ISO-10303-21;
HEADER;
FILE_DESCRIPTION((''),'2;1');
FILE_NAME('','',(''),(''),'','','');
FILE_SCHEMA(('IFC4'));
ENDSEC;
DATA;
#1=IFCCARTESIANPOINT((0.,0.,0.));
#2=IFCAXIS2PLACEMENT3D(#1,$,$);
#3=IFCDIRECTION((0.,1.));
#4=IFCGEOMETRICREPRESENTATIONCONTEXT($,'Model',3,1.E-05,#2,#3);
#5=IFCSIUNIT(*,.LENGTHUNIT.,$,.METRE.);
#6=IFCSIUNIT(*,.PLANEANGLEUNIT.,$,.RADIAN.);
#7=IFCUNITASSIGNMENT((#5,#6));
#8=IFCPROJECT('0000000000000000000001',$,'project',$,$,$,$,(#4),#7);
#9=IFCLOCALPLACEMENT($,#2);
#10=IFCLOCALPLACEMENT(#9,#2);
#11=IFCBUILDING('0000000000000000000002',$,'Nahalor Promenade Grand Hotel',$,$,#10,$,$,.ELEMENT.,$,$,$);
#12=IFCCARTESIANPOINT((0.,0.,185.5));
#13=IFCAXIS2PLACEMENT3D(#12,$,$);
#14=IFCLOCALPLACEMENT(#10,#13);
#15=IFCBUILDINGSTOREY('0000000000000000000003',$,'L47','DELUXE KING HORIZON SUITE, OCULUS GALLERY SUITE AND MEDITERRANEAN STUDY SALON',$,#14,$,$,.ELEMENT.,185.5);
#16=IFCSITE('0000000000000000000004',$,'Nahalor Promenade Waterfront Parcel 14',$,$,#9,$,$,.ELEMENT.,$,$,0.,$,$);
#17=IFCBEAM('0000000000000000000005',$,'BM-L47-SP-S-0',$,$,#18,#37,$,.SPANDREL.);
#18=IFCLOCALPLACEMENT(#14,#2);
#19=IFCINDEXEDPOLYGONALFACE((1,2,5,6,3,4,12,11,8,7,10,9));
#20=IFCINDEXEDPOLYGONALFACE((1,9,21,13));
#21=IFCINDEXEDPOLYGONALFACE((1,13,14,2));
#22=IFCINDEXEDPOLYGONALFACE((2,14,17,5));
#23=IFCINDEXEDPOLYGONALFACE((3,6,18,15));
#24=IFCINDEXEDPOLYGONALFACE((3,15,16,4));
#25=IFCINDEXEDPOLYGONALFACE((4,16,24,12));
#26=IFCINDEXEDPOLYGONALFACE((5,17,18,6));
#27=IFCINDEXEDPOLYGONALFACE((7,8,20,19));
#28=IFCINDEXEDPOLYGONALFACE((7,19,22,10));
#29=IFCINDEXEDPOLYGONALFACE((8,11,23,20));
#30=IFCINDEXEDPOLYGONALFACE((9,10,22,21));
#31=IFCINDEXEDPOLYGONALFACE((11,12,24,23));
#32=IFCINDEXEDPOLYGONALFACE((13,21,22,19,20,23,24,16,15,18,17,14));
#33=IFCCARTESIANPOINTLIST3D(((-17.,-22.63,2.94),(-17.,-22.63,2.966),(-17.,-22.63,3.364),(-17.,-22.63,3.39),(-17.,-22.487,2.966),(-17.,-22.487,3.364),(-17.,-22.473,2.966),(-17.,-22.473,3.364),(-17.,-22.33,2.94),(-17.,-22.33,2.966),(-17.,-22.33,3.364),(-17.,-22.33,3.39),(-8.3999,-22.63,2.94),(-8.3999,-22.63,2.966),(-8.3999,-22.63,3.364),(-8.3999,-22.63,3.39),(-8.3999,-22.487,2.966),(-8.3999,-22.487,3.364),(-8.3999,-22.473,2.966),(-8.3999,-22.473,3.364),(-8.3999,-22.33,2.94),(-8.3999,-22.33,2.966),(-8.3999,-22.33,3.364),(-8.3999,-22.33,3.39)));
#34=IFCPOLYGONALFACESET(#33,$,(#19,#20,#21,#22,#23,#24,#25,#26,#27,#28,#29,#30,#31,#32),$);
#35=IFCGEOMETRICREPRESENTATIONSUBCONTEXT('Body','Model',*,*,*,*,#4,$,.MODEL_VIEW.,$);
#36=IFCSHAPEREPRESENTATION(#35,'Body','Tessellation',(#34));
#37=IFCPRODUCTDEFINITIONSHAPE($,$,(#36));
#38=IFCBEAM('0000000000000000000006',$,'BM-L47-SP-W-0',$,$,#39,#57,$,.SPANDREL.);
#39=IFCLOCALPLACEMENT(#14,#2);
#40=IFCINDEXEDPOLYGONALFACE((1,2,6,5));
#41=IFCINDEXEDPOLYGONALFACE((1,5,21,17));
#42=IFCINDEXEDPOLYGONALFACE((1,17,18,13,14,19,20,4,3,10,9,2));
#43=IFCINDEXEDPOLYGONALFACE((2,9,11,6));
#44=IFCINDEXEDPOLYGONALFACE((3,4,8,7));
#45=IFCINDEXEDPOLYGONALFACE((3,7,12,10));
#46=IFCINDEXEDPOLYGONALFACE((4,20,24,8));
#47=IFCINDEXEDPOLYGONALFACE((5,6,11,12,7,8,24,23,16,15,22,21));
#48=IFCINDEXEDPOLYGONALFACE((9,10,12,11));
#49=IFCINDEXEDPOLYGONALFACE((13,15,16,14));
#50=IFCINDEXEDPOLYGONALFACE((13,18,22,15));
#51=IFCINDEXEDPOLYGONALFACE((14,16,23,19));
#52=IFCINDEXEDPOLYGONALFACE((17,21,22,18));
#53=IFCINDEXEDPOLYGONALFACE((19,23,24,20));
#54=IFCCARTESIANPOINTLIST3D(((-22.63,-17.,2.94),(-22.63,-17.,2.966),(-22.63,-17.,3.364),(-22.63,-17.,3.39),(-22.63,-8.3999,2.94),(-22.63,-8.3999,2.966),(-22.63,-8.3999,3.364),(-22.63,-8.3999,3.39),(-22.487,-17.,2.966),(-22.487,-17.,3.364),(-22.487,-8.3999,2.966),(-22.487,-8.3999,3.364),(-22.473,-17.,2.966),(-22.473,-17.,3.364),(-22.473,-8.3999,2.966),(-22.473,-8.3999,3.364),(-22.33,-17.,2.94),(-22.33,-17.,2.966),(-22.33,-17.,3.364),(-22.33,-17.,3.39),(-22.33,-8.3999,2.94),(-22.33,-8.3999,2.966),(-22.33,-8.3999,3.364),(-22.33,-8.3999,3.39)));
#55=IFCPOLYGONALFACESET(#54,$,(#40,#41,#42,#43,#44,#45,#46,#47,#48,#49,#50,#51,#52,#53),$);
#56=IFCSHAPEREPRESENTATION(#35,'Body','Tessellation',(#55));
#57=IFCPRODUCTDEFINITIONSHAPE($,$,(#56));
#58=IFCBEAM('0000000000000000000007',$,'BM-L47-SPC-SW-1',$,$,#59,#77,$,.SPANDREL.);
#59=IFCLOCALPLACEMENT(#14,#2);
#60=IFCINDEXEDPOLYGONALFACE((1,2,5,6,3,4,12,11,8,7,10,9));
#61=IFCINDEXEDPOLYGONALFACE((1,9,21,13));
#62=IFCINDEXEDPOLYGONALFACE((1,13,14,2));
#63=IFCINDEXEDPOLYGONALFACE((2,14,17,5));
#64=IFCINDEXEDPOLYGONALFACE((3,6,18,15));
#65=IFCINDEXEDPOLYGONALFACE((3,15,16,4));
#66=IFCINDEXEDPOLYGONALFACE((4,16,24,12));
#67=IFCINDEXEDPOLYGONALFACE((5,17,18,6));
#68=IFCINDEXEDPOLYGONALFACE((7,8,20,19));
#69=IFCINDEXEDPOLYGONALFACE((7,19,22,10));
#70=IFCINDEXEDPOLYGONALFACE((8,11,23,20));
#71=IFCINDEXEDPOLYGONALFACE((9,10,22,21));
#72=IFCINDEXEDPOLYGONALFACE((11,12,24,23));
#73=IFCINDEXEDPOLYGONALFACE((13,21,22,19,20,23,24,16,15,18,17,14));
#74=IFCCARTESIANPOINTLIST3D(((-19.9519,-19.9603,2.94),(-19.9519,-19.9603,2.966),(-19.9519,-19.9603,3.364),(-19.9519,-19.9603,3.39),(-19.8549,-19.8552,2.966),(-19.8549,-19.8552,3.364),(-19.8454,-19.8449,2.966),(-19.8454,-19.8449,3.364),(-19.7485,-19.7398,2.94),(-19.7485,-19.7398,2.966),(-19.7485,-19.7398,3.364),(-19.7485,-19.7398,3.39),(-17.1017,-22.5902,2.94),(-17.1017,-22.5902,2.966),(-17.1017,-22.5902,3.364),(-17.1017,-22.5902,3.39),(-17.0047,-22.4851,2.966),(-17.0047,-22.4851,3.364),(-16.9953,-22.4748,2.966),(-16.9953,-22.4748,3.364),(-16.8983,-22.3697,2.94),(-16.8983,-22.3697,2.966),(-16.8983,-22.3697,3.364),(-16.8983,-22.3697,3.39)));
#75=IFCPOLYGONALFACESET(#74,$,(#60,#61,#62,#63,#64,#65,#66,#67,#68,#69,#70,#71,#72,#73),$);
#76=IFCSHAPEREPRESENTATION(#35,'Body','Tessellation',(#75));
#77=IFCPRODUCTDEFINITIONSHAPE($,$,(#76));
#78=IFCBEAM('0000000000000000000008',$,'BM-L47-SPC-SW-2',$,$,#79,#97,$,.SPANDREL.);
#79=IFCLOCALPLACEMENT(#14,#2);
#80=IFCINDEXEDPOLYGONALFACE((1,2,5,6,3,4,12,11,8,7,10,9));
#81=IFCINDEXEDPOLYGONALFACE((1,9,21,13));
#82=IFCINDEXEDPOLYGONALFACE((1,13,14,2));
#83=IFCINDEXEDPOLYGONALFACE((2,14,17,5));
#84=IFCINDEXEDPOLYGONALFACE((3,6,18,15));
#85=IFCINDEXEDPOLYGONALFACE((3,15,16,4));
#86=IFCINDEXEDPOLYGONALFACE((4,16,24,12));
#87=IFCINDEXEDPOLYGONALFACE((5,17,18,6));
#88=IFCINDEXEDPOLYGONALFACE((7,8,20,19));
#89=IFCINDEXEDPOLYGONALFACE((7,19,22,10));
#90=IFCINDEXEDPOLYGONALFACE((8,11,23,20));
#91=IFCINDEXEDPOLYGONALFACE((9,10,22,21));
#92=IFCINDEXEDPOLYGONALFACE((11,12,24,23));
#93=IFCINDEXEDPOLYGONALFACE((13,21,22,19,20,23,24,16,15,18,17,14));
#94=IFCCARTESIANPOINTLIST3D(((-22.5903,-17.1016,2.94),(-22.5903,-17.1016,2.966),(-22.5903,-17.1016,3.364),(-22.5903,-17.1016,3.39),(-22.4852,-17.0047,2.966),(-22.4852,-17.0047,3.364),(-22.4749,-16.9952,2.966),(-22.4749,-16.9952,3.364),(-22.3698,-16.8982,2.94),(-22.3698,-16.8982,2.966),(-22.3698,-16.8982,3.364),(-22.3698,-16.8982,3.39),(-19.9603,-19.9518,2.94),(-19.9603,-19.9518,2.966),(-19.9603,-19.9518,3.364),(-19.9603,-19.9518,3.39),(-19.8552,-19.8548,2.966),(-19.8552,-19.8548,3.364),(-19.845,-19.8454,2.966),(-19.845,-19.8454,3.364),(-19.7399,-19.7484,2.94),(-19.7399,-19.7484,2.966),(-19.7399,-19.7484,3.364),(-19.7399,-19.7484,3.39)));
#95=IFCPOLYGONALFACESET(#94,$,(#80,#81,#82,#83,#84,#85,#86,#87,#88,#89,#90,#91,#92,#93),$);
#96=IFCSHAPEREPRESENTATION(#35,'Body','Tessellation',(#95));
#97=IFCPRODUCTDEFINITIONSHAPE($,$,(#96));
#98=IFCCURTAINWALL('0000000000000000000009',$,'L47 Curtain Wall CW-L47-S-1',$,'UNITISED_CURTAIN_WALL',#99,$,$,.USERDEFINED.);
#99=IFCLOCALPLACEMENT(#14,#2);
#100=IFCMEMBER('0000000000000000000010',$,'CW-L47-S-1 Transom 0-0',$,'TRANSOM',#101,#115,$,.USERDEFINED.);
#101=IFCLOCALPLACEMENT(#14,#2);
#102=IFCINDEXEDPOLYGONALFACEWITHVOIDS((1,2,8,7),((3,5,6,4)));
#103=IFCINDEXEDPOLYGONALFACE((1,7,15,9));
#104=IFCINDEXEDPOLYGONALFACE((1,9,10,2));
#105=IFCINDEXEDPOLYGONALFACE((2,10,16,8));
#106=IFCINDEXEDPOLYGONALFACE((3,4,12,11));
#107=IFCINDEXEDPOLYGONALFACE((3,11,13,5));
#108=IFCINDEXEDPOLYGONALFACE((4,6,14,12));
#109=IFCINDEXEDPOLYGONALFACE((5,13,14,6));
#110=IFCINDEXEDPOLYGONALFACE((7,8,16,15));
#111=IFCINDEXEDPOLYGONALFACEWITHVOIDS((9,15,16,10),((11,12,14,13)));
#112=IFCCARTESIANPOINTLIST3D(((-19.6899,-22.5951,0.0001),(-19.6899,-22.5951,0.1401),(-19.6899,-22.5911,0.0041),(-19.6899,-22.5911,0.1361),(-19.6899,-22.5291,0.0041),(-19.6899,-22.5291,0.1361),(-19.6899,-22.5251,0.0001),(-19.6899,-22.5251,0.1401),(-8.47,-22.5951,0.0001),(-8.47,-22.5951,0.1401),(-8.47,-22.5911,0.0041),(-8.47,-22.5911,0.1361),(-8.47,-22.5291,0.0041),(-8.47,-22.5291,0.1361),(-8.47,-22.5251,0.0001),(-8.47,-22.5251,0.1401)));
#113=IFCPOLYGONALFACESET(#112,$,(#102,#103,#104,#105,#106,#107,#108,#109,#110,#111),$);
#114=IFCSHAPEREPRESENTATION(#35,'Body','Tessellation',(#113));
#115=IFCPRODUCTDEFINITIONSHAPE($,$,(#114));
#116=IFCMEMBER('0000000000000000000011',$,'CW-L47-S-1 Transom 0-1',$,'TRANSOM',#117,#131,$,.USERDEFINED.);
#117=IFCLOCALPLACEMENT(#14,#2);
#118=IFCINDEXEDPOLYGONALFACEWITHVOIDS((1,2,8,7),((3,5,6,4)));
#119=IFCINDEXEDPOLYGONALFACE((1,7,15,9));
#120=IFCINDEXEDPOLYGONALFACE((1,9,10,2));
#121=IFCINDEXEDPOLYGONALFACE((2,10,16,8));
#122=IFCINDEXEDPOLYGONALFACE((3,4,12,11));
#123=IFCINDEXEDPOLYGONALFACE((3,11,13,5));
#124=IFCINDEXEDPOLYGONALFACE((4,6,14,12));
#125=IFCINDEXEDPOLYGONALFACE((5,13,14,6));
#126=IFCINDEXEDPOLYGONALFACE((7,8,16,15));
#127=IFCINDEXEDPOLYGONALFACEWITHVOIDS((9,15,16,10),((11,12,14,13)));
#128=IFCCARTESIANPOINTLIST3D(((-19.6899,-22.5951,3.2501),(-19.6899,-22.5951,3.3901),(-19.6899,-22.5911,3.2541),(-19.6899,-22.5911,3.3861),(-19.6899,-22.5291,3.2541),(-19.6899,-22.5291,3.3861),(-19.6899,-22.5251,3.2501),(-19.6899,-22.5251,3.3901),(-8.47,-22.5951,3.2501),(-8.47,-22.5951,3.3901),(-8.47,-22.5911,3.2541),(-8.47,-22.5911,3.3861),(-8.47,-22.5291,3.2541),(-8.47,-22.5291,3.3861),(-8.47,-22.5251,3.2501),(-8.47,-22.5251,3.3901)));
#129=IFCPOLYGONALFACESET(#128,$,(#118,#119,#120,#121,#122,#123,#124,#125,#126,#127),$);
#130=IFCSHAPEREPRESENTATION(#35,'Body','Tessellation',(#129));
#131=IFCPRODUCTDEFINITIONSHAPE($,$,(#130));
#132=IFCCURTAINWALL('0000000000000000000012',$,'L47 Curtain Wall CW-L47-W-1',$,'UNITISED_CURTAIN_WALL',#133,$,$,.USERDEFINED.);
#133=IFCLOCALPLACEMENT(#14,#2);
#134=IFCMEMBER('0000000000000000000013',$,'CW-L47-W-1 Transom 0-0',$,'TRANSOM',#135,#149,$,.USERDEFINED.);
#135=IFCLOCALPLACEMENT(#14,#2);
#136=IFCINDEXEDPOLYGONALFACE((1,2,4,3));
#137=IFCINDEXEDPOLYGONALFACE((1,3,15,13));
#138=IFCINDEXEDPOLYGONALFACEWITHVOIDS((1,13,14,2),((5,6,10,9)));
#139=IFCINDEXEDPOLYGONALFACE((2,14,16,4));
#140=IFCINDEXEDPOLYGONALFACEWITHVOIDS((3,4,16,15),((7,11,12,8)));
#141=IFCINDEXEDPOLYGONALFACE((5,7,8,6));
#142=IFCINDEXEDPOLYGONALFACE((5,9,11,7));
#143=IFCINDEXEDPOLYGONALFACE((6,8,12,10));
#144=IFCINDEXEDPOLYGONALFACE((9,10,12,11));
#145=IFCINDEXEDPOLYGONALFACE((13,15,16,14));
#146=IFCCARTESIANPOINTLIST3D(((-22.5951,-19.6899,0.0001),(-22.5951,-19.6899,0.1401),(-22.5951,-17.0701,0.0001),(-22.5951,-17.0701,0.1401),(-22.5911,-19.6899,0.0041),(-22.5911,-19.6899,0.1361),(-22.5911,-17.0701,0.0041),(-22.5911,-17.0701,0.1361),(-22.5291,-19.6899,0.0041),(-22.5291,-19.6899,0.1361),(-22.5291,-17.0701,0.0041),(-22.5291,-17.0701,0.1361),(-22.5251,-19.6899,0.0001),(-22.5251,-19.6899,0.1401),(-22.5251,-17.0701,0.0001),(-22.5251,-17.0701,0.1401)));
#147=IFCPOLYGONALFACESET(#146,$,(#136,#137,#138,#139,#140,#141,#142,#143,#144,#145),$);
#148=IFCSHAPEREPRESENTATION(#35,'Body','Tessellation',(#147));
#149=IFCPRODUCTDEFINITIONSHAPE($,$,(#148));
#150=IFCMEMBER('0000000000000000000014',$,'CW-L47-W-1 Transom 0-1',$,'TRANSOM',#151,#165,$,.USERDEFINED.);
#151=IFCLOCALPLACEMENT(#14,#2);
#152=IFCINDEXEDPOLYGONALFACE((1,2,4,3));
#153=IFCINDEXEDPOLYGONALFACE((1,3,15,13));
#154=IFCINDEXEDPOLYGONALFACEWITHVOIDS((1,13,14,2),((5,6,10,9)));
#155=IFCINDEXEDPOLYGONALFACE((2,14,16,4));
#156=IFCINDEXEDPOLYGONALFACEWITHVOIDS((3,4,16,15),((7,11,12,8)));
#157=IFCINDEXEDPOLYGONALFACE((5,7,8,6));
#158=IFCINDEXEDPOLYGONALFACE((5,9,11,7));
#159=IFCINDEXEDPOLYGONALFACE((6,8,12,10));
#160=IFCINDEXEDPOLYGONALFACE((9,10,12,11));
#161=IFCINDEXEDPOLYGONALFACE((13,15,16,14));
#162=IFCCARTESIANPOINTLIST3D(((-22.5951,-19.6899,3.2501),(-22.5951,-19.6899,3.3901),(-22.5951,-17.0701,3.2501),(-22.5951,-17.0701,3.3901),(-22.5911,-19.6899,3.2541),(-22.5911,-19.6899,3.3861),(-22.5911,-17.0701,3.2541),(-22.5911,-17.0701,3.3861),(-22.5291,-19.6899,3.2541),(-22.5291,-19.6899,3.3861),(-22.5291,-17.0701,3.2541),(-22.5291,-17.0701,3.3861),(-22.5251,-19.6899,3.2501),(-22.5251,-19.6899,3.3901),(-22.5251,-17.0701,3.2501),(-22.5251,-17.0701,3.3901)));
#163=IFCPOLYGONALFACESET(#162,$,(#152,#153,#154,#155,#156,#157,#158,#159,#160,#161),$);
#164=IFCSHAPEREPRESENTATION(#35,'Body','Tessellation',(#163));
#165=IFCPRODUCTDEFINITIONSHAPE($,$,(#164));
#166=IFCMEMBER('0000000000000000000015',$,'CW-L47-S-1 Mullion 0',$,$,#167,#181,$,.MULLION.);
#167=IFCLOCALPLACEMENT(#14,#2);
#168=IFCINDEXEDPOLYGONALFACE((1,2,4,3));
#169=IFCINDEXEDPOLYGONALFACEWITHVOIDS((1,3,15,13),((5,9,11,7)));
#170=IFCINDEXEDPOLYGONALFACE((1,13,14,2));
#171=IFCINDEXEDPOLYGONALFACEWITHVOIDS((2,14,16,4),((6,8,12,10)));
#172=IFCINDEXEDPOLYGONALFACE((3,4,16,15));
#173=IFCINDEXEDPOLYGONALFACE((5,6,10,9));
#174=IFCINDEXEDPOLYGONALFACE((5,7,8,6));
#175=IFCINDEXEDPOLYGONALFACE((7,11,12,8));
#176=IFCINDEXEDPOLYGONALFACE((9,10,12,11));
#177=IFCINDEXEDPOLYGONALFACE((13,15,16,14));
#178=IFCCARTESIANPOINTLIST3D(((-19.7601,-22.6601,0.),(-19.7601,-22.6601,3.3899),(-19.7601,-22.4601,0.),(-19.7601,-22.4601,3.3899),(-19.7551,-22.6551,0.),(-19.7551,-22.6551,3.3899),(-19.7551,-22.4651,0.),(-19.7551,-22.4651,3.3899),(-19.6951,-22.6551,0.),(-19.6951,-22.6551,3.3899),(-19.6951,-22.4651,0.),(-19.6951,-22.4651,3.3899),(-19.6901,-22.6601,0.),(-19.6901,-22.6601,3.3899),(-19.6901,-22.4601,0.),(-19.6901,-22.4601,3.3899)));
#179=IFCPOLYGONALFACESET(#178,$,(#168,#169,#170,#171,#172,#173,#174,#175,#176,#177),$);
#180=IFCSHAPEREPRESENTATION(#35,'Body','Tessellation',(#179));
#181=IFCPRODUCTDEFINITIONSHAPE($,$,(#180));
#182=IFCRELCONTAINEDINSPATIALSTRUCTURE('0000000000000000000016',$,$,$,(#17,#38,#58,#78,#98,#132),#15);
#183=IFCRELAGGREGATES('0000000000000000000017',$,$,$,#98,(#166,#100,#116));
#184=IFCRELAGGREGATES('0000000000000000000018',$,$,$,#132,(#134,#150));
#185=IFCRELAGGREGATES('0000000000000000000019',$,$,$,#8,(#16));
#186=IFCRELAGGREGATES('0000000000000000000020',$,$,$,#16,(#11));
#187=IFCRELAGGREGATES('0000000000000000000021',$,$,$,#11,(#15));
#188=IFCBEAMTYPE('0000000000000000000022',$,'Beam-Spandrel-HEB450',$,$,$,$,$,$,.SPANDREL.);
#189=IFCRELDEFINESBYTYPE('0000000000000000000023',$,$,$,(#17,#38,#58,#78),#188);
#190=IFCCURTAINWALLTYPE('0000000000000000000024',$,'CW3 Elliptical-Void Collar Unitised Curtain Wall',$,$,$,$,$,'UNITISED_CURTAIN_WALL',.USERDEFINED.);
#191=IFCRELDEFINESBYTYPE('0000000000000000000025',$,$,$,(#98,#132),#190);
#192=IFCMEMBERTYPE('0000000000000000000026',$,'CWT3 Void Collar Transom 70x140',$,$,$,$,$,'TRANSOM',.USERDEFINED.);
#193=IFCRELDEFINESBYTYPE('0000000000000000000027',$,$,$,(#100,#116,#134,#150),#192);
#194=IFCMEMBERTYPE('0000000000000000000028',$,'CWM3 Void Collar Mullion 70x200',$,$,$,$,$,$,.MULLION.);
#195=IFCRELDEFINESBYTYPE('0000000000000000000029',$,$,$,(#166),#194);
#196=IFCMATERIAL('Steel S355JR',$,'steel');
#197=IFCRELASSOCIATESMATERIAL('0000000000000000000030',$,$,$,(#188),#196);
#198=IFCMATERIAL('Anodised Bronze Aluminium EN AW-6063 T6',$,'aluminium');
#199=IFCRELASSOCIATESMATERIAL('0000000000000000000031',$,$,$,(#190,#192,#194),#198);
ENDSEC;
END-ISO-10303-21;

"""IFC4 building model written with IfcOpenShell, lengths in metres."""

from ifc_helpers import new_model, si_unit, direction, frame, origin, origin_2d, place, context, subcontext, project, spatial, hollow_rectangle, i_section, extrude, source, transform, mapped, material, material_profile, profile_set, type_object, element, aggregate, save


model = new_model("IFC4")

# Units and contexts
model_context = context("Model", 3, precision=1e-05, world=origin(), true_north=direction((0.0, 1.0)))
body_context = subcontext(model_context, "Body", "Model", "MODEL_VIEW")
ifc_project = project(units=[si_unit("LENGTHUNIT", "METRE"), si_unit("PLANEANGLEUNIT", "RADIAN")], contexts=[model_context])

# Site, building, storey
site_placement = place(None, origin())
site = spatial("IfcSite", under=ifc_project, at=site_placement, Name="Nahalor Promenade Waterfront Parcel 14", CompositionType="ELEMENT", RefElevation=0.0)
building_placement = place(site_placement, origin())
building = spatial("IfcBuilding", under=site, at=building_placement, Name="Nahalor Promenade Grand Hotel", CompositionType="ELEMENT")
storey_placement = place(building_placement, frame((0.0, 0.0, 185.5)))
storey = spatial("IfcBuildingStorey", under=building, at=storey_placement, Name="L47", Description="DELUXE KING HORIZON SUITE, OCULUS GALLERY SUITE AND MEDITERRANEAN STUDY SALON", CompositionType="ELEMENT", Elevation=185.5)

# Beams
ifc_material_1 = material(Name="Steel S355JR", Category="steel")
ifc_material_profile_1 = material_profile(ifc_material_1, i_section(OverallWidth=0.3, OverallDepth=0.45, WebThickness=0.014, FlangeThickness=0.026, at=origin_2d()), Name="HEB 450")
ifc_profile_set_1 = profile_set([ifc_material_profile_1], Name="Steel S355JR")
beam_type_1 = type_object("IfcBeamType", Name="Beam-Spandrel-HEB450", PredefinedType="SPANDREL", material=ifc_profile_set_1)
shared_shape_1 = source(origin(), body_context, "Body", "SweptSolid", [
    extrude(i_section(OverallWidth=0.3, OverallDepth=0.45, WebThickness=0.014, FlangeThickness=0.026, at=origin_2d()), origin(), (0.0, 0.0, 1.0), 8.6001),
])
for number, where, z_axis, x_axis, name in (
    (1, (-17.0, -22.48, 3.165), (1.0, 0.0, 0.0), (0.0, 1.0, 0.0), "BM-L47-SP-S-0"),
    (2, (-22.48, -17.0, 3.165), (0.0, 1.0, 0.0), (-1.0, 0.0, 0.0), "BM-L47-SP-W-0"),
):
    element("IfcBeam", number, at=place(storey_placement, frame(where, z_axis=z_axis, x_axis=x_axis)), inside=storey, type_object=beam_type_1, Name=name, PredefinedType="SPANDREL", context=body_context, shape_type="MappedRepresentation", body=[
        mapped(shared_shape_1, transform((0.0, 0.0, 0.0), scale=1.0)),
    ])
shared_shape_2 = source(origin(), body_context, "Body", "SweptSolid", [
    extrude(i_section(OverallWidth=0.3, OverallDepth=0.45, WebThickness=0.014, FlangeThickness=0.026, at=origin_2d()), origin(), (0.0, 0.0, 1.0), 3.8782),
])
for number, where, z_axis, x_axis, name in (
    (3, (-17.0, -22.48, 3.165), (-0.734929, 0.678144, 0.0), (-0.678144, -0.734929, 0.0), "BM-L47-SPC-SW-1"),
    (4, (-19.8501, -19.8501, 3.165), (-0.678144, 0.734929, 0.0), (-0.734929, -0.678144, 0.0), "BM-L47-SPC-SW-2"),
):
    element("IfcBeam", number, at=place(storey_placement, frame(where, z_axis=z_axis, x_axis=x_axis)), inside=storey, type_object=beam_type_1, Name=name, PredefinedType="SPANDREL", context=body_context, shape_type="MappedRepresentation", body=[
        mapped(shared_shape_2, transform((0.0, 0.0, 0.0), scale=1.0)),
    ])

# Curtain walls, members
ifc_material_2 = material(Name="Anodised Bronze Aluminium EN AW-6063 T6", Category="aluminium")
curtain_wall_type = type_object("IfcCurtainWallType", Name="CW3 Elliptical-Void Collar Unitised Curtain Wall", ElementType="UNITISED_CURTAIN_WALL", PredefinedType="USERDEFINED", material=ifc_material_2)
curtain_wall_1_placement = place(storey_placement, origin())
curtain_wall_1 = element("IfcCurtainWall", 5, at=curtain_wall_1_placement, inside=storey, type_object=curtain_wall_type, Name="L47 Curtain Wall CW-L47-S-1", ObjectType="UNITISED_CURTAIN_WALL", PredefinedType="USERDEFINED")
ifc_material_profile_2 = material_profile(ifc_material_2, hollow_rectangle(XDim=0.07, YDim=0.14, WallThickness=0.004, at=origin_2d()), Name="CWT 70x140x4")
ifc_profile_set_2 = profile_set([ifc_material_profile_2], Name="Anodised Bronze Aluminium EN AW-6063 T6")
member_type_1 = type_object("IfcMemberType", Name="CWT3 Void Collar Transom 70x140", ElementType="TRANSOM", PredefinedType="USERDEFINED", material=ifc_profile_set_2)
shared_shape_3 = source(origin(), body_context, "Body", "SweptSolid", [
    extrude(hollow_rectangle(XDim=0.07, YDim=0.14, WallThickness=0.004, at=origin_2d()), origin(), (0.0, 0.0, 1.0), 11.22),
])
member_1_placement = place(storey_placement, frame((-19.6899, -22.5601, 0.0701), z_axis=(1.0, 0.0, 0.0), x_axis=(0.0, 1.0, 0.0)))
member_1 = element("IfcMember", 6, at=member_1_placement, type_object=member_type_1, Name="CW-L47-S-1 Transom 0-0", ObjectType="TRANSOM", PredefinedType="USERDEFINED", context=body_context, shape_type="MappedRepresentation", body=[
    mapped(shared_shape_3, transform((0.0, 0.0, 0.0), scale=1.0)),
])
member_2_placement = place(storey_placement, frame((-19.6899, -22.5601, 3.3201), z_axis=(1.0, 0.0, 0.0), x_axis=(0.0, 1.0, 0.0)))
member_2 = element("IfcMember", 7, at=member_2_placement, type_object=member_type_1, Name="CW-L47-S-1 Transom 0-1", ObjectType="TRANSOM", PredefinedType="USERDEFINED", context=body_context, shape_type="MappedRepresentation", body=[
    mapped(shared_shape_3, transform((0.0, 0.0, 0.0), scale=1.0)),
])
curtain_wall_2_placement = place(storey_placement, origin())
curtain_wall_2 = element("IfcCurtainWall", 8, at=curtain_wall_2_placement, inside=storey, type_object=curtain_wall_type, Name="L47 Curtain Wall CW-L47-W-1", ObjectType="UNITISED_CURTAIN_WALL", PredefinedType="USERDEFINED")
shared_shape_4 = source(origin(), body_context, "Body", "SweptSolid", [
    extrude(hollow_rectangle(XDim=0.07, YDim=0.14, WallThickness=0.004, at=origin_2d()), origin(), (0.0, 0.0, 1.0), 2.6199),
])
member_3_placement = place(storey_placement, frame((-22.5601, -19.6899, 0.0701), z_axis=(0.0, 1.0, 0.0), x_axis=(-1.0, 0.0, 0.0)))
member_3 = element("IfcMember", 9, at=member_3_placement, type_object=member_type_1, Name="CW-L47-W-1 Transom 0-0", ObjectType="TRANSOM", PredefinedType="USERDEFINED", context=body_context, shape_type="MappedRepresentation", body=[
    mapped(shared_shape_4, transform((0.0, 0.0, 0.0), scale=1.0)),
])
member_4_placement = place(storey_placement, frame((-22.5601, -19.6899, 3.3201), z_axis=(0.0, 1.0, 0.0), x_axis=(-1.0, 0.0, 0.0)))
member_4 = element("IfcMember", 10, at=member_4_placement, type_object=member_type_1, Name="CW-L47-W-1 Transom 0-1", ObjectType="TRANSOM", PredefinedType="USERDEFINED", context=body_context, shape_type="MappedRepresentation", body=[
    mapped(shared_shape_4, transform((0.0, 0.0, 0.0), scale=1.0)),
])

# Member
ifc_material_profile_3 = material_profile(ifc_material_2, hollow_rectangle(XDim=0.07, YDim=0.2, WallThickness=0.005, at=origin_2d()), Name="CWM 70x200x5")
ifc_profile_set_3 = profile_set([ifc_material_profile_3], Name="Anodised Bronze Aluminium EN AW-6063 T6")
member_type_2 = type_object("IfcMemberType", Name="CWM3 Void Collar Mullion 70x200", PredefinedType="MULLION", material=ifc_profile_set_3)
shared_shape_5 = source(origin(), body_context, "Body", "SweptSolid", [
    extrude(hollow_rectangle(XDim=0.07, YDim=0.2, WallThickness=0.005, at=origin_2d()), origin(), (0.0, 0.0, 1.0), 3.3899),
])
member_5_placement = place(storey_placement, frame((-19.7251, -22.5601, 0.0), z_axis=(0.0, 0.0, 1.0), x_axis=(1.0, 0.0, 0.0)))
member_5 = element("IfcMember", 11, at=member_5_placement, type_object=member_type_2, Name="CW-L47-S-1 Mullion 0", PredefinedType="MULLION", context=body_context, shape_type="MappedRepresentation", body=[
    mapped(shared_shape_5, transform((0.0, 0.0, 0.0), scale=1.0)),
])
aggregate(curtain_wall_1, [member_5, member_1, member_2])

aggregate(curtain_wall_2, [member_3, member_4])

save(model, "model.ifc")
